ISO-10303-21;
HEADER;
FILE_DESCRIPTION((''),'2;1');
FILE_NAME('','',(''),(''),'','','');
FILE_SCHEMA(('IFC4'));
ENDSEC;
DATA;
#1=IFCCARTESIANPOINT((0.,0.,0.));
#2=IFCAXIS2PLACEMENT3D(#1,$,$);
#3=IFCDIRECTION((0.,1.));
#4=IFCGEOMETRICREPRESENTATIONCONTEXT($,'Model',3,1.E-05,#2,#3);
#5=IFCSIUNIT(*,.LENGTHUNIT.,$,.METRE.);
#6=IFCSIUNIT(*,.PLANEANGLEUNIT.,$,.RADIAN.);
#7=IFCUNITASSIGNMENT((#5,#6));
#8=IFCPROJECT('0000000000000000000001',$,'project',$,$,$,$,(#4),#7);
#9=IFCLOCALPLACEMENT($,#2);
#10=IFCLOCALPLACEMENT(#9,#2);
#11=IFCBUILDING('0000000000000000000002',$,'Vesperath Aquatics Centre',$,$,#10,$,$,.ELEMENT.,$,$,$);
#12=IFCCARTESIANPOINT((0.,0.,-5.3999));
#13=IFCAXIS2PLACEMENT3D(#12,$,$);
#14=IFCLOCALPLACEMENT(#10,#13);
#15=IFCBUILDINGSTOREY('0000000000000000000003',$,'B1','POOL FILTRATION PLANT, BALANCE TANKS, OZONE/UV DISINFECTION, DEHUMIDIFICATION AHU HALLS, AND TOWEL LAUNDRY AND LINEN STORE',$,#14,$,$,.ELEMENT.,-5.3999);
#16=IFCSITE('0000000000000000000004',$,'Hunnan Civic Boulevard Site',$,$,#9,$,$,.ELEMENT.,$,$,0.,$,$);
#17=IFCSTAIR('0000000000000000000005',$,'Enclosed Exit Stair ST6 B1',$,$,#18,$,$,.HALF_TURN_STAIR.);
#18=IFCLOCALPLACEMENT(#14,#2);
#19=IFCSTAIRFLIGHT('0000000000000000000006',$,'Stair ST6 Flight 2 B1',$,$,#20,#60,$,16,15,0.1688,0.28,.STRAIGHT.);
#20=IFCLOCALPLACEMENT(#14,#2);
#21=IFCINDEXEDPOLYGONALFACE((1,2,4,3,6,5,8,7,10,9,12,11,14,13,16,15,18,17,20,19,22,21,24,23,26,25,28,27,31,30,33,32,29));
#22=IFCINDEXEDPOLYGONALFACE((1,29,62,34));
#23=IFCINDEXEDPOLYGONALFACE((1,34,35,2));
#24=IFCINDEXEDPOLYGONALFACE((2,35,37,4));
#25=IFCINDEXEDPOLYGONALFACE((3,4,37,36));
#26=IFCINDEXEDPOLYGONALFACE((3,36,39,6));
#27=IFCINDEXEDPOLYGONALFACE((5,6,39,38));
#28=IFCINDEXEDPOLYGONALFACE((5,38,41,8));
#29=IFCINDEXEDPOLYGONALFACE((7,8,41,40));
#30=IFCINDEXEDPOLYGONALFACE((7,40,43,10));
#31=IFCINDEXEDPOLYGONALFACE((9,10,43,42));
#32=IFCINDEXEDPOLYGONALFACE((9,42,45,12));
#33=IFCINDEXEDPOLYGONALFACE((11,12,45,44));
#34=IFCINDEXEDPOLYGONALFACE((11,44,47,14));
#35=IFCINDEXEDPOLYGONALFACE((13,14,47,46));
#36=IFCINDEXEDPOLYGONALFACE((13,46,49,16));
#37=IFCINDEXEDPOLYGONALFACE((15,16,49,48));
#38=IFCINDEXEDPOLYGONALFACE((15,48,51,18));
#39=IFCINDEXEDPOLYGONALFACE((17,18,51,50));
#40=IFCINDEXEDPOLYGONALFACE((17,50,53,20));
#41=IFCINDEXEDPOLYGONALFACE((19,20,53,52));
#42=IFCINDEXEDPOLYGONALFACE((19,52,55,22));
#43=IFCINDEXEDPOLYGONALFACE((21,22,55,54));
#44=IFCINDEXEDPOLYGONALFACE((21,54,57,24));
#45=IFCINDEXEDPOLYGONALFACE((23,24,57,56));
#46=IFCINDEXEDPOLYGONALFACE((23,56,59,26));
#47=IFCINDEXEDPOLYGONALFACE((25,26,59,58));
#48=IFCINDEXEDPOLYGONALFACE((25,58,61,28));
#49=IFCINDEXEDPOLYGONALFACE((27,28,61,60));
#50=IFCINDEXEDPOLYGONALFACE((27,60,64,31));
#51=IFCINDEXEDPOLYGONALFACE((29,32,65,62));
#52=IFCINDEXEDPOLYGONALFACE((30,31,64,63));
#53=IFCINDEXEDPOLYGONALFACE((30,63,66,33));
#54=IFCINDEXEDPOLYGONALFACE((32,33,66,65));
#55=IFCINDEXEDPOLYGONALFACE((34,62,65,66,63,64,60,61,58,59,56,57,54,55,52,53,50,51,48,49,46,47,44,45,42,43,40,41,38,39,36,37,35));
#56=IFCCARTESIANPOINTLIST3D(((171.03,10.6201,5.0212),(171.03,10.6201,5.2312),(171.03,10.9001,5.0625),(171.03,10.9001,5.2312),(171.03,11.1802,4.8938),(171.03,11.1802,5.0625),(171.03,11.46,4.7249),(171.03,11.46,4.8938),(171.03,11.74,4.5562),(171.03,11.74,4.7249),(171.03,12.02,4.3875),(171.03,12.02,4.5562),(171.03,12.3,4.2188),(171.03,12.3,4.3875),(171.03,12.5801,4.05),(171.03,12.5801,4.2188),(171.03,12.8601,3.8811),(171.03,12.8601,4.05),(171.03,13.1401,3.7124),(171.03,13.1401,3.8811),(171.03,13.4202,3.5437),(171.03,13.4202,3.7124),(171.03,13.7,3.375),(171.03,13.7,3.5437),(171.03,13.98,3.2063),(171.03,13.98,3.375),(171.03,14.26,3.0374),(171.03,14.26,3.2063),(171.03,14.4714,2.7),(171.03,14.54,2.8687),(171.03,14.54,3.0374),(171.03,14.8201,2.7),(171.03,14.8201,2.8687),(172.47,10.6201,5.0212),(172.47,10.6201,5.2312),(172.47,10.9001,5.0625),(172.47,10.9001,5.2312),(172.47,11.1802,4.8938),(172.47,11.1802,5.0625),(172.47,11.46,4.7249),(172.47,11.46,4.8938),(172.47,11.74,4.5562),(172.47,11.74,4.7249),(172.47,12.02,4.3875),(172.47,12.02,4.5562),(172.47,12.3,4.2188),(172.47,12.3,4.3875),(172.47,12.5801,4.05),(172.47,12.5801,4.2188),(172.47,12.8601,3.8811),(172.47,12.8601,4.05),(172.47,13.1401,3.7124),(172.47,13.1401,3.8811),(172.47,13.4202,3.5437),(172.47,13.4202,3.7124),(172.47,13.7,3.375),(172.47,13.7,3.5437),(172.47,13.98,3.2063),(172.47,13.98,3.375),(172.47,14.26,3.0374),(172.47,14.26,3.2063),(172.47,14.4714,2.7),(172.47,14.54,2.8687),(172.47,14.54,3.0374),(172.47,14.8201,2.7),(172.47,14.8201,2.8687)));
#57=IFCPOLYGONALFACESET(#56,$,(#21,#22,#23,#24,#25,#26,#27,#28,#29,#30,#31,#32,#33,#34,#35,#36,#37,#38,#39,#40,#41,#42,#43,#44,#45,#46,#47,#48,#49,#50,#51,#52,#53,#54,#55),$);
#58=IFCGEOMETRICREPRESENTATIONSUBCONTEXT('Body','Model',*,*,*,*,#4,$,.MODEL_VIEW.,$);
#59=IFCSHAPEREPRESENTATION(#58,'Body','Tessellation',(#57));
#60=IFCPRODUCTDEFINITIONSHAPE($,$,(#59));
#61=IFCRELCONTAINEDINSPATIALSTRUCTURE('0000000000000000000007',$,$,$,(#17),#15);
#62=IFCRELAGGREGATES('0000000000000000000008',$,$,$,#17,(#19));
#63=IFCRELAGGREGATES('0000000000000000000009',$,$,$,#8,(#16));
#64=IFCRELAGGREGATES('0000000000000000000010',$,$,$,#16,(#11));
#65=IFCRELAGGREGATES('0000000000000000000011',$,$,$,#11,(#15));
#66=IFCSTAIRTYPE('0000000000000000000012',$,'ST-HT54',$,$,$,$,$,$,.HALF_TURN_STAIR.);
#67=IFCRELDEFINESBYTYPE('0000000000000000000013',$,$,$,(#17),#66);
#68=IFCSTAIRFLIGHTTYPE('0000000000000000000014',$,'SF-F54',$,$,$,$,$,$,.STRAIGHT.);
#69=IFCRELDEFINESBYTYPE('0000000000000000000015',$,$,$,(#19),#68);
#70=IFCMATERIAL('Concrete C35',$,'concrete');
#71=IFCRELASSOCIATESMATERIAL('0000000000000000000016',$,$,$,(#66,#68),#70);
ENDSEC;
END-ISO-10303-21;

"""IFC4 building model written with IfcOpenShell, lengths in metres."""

from ifc_helpers import new_model, si_unit, direction, frame, origin, place, context, subcontext, project, spatial, polyline, outline, extrude, material, type_object, element, aggregate, save


model = new_model("IFC4")

# Units and contexts
model_context = context("Model", 3, precision=1e-05, world=origin(), true_north=direction((0.0, 1.0)))
body_context = subcontext(model_context, "Body", "Model", "MODEL_VIEW")
ifc_project = project(units=[si_unit("LENGTHUNIT", "METRE"), si_unit("PLANEANGLEUNIT", "RADIAN")], contexts=[model_context])

# Site, building, storey
site_placement = place(None, origin())
site = spatial("IfcSite", under=ifc_project, at=site_placement, Name="Hunnan Civic Boulevard Site", CompositionType="ELEMENT", RefElevation=0.0)
building_placement = place(site_placement, origin())
building = spatial("IfcBuilding", under=site, at=building_placement, Name="Vesperath Aquatics Centre", CompositionType="ELEMENT")
storey_placement = place(building_placement, frame((0.0, 0.0, -5.3999)))
storey = spatial("IfcBuildingStorey", under=building, at=storey_placement, Name="B1", Description="POOL FILTRATION PLANT, BALANCE TANKS, OZONE/UV DISINFECTION, DEHUMIDIFICATION AHU HALLS, AND TOWEL LAUNDRY AND LINEN STORE", CompositionType="ELEMENT", Elevation=-5.3999)

# Shared definitions
ifc_material_1 = material(Name="Concrete C35", Category="concrete")

# Stair, stair flight
stair_type = type_object("IfcStairType", Name="ST-HT54", PredefinedType="HALF_TURN_STAIR", material=ifc_material_1)
stair_placement = place(storey_placement, origin())
stair = element("IfcStair", 1, at=stair_placement, inside=storey, type_object=stair_type, Name="Enclosed Exit Stair ST6 B1", PredefinedType="HALF_TURN_STAIR")
stair_flight_type = type_object("IfcStairFlightType", Name="SF-F54", PredefinedType="STRAIGHT", material=ifc_material_1)
stair_flight_1_placement = place(storey_placement, frame((171.75, 14.8201, 2.7), z_axis=(0.0, 0.0, 1.0), x_axis=(0.0, -1.0, 0.0)))
stair_flight_1 = element("IfcStairFlight", 2, at=stair_flight_1_placement, type_object=stair_flight_type, Name="Stair ST6 Flight 2 B1", NumberOfRisers=16, NumberOfTreads=15, PredefinedType="STRAIGHT", RiserHeight=0.1688, TreadLength=0.28, context=body_context, shape_type="SweptSolid", body=[
    extrude(outline(polyline([(0.0, 0.0), (0.0, 0.1687), (0.28, 0.1687), (0.28, 0.3374), (0.5601, 0.3374), (0.5601, 0.5063), (0.8401, 0.5063), (0.8401, 0.675), (1.1201, 0.675), (1.1201, 0.8438), (1.3999, 0.8438), (1.3999, 1.0125), (1.6799, 1.0125), (1.6799, 1.1812), (1.96, 1.1812), (1.96, 1.3501), (2.24, 1.3501), (2.24, 1.5188), (2.52, 1.5188), (2.52, 1.6875), (2.8, 1.6875), (2.8, 1.8562), (3.0801, 1.8562), (3.0801, 2.0249), (3.3601, 2.0249), (3.3601, 2.1938), (3.6399, 2.1938), (3.6399, 2.3625), (3.9199, 2.3625), (3.9199, 2.5312), (4.2, 2.5312), (4.2, 2.7), (4.2, 2.3213), (0.3486, 0.0), (0.0, 0.0)])), frame((0.0, 0.72, 0.0), z_axis=(0.0, -1.0, 0.0), x_axis=(1.0, 0.0, 0.0)), (0.0, 0.0, 1.0), 1.4399),
])
aggregate(stair, [stair_flight_1])

save(model, "model.ifc")
